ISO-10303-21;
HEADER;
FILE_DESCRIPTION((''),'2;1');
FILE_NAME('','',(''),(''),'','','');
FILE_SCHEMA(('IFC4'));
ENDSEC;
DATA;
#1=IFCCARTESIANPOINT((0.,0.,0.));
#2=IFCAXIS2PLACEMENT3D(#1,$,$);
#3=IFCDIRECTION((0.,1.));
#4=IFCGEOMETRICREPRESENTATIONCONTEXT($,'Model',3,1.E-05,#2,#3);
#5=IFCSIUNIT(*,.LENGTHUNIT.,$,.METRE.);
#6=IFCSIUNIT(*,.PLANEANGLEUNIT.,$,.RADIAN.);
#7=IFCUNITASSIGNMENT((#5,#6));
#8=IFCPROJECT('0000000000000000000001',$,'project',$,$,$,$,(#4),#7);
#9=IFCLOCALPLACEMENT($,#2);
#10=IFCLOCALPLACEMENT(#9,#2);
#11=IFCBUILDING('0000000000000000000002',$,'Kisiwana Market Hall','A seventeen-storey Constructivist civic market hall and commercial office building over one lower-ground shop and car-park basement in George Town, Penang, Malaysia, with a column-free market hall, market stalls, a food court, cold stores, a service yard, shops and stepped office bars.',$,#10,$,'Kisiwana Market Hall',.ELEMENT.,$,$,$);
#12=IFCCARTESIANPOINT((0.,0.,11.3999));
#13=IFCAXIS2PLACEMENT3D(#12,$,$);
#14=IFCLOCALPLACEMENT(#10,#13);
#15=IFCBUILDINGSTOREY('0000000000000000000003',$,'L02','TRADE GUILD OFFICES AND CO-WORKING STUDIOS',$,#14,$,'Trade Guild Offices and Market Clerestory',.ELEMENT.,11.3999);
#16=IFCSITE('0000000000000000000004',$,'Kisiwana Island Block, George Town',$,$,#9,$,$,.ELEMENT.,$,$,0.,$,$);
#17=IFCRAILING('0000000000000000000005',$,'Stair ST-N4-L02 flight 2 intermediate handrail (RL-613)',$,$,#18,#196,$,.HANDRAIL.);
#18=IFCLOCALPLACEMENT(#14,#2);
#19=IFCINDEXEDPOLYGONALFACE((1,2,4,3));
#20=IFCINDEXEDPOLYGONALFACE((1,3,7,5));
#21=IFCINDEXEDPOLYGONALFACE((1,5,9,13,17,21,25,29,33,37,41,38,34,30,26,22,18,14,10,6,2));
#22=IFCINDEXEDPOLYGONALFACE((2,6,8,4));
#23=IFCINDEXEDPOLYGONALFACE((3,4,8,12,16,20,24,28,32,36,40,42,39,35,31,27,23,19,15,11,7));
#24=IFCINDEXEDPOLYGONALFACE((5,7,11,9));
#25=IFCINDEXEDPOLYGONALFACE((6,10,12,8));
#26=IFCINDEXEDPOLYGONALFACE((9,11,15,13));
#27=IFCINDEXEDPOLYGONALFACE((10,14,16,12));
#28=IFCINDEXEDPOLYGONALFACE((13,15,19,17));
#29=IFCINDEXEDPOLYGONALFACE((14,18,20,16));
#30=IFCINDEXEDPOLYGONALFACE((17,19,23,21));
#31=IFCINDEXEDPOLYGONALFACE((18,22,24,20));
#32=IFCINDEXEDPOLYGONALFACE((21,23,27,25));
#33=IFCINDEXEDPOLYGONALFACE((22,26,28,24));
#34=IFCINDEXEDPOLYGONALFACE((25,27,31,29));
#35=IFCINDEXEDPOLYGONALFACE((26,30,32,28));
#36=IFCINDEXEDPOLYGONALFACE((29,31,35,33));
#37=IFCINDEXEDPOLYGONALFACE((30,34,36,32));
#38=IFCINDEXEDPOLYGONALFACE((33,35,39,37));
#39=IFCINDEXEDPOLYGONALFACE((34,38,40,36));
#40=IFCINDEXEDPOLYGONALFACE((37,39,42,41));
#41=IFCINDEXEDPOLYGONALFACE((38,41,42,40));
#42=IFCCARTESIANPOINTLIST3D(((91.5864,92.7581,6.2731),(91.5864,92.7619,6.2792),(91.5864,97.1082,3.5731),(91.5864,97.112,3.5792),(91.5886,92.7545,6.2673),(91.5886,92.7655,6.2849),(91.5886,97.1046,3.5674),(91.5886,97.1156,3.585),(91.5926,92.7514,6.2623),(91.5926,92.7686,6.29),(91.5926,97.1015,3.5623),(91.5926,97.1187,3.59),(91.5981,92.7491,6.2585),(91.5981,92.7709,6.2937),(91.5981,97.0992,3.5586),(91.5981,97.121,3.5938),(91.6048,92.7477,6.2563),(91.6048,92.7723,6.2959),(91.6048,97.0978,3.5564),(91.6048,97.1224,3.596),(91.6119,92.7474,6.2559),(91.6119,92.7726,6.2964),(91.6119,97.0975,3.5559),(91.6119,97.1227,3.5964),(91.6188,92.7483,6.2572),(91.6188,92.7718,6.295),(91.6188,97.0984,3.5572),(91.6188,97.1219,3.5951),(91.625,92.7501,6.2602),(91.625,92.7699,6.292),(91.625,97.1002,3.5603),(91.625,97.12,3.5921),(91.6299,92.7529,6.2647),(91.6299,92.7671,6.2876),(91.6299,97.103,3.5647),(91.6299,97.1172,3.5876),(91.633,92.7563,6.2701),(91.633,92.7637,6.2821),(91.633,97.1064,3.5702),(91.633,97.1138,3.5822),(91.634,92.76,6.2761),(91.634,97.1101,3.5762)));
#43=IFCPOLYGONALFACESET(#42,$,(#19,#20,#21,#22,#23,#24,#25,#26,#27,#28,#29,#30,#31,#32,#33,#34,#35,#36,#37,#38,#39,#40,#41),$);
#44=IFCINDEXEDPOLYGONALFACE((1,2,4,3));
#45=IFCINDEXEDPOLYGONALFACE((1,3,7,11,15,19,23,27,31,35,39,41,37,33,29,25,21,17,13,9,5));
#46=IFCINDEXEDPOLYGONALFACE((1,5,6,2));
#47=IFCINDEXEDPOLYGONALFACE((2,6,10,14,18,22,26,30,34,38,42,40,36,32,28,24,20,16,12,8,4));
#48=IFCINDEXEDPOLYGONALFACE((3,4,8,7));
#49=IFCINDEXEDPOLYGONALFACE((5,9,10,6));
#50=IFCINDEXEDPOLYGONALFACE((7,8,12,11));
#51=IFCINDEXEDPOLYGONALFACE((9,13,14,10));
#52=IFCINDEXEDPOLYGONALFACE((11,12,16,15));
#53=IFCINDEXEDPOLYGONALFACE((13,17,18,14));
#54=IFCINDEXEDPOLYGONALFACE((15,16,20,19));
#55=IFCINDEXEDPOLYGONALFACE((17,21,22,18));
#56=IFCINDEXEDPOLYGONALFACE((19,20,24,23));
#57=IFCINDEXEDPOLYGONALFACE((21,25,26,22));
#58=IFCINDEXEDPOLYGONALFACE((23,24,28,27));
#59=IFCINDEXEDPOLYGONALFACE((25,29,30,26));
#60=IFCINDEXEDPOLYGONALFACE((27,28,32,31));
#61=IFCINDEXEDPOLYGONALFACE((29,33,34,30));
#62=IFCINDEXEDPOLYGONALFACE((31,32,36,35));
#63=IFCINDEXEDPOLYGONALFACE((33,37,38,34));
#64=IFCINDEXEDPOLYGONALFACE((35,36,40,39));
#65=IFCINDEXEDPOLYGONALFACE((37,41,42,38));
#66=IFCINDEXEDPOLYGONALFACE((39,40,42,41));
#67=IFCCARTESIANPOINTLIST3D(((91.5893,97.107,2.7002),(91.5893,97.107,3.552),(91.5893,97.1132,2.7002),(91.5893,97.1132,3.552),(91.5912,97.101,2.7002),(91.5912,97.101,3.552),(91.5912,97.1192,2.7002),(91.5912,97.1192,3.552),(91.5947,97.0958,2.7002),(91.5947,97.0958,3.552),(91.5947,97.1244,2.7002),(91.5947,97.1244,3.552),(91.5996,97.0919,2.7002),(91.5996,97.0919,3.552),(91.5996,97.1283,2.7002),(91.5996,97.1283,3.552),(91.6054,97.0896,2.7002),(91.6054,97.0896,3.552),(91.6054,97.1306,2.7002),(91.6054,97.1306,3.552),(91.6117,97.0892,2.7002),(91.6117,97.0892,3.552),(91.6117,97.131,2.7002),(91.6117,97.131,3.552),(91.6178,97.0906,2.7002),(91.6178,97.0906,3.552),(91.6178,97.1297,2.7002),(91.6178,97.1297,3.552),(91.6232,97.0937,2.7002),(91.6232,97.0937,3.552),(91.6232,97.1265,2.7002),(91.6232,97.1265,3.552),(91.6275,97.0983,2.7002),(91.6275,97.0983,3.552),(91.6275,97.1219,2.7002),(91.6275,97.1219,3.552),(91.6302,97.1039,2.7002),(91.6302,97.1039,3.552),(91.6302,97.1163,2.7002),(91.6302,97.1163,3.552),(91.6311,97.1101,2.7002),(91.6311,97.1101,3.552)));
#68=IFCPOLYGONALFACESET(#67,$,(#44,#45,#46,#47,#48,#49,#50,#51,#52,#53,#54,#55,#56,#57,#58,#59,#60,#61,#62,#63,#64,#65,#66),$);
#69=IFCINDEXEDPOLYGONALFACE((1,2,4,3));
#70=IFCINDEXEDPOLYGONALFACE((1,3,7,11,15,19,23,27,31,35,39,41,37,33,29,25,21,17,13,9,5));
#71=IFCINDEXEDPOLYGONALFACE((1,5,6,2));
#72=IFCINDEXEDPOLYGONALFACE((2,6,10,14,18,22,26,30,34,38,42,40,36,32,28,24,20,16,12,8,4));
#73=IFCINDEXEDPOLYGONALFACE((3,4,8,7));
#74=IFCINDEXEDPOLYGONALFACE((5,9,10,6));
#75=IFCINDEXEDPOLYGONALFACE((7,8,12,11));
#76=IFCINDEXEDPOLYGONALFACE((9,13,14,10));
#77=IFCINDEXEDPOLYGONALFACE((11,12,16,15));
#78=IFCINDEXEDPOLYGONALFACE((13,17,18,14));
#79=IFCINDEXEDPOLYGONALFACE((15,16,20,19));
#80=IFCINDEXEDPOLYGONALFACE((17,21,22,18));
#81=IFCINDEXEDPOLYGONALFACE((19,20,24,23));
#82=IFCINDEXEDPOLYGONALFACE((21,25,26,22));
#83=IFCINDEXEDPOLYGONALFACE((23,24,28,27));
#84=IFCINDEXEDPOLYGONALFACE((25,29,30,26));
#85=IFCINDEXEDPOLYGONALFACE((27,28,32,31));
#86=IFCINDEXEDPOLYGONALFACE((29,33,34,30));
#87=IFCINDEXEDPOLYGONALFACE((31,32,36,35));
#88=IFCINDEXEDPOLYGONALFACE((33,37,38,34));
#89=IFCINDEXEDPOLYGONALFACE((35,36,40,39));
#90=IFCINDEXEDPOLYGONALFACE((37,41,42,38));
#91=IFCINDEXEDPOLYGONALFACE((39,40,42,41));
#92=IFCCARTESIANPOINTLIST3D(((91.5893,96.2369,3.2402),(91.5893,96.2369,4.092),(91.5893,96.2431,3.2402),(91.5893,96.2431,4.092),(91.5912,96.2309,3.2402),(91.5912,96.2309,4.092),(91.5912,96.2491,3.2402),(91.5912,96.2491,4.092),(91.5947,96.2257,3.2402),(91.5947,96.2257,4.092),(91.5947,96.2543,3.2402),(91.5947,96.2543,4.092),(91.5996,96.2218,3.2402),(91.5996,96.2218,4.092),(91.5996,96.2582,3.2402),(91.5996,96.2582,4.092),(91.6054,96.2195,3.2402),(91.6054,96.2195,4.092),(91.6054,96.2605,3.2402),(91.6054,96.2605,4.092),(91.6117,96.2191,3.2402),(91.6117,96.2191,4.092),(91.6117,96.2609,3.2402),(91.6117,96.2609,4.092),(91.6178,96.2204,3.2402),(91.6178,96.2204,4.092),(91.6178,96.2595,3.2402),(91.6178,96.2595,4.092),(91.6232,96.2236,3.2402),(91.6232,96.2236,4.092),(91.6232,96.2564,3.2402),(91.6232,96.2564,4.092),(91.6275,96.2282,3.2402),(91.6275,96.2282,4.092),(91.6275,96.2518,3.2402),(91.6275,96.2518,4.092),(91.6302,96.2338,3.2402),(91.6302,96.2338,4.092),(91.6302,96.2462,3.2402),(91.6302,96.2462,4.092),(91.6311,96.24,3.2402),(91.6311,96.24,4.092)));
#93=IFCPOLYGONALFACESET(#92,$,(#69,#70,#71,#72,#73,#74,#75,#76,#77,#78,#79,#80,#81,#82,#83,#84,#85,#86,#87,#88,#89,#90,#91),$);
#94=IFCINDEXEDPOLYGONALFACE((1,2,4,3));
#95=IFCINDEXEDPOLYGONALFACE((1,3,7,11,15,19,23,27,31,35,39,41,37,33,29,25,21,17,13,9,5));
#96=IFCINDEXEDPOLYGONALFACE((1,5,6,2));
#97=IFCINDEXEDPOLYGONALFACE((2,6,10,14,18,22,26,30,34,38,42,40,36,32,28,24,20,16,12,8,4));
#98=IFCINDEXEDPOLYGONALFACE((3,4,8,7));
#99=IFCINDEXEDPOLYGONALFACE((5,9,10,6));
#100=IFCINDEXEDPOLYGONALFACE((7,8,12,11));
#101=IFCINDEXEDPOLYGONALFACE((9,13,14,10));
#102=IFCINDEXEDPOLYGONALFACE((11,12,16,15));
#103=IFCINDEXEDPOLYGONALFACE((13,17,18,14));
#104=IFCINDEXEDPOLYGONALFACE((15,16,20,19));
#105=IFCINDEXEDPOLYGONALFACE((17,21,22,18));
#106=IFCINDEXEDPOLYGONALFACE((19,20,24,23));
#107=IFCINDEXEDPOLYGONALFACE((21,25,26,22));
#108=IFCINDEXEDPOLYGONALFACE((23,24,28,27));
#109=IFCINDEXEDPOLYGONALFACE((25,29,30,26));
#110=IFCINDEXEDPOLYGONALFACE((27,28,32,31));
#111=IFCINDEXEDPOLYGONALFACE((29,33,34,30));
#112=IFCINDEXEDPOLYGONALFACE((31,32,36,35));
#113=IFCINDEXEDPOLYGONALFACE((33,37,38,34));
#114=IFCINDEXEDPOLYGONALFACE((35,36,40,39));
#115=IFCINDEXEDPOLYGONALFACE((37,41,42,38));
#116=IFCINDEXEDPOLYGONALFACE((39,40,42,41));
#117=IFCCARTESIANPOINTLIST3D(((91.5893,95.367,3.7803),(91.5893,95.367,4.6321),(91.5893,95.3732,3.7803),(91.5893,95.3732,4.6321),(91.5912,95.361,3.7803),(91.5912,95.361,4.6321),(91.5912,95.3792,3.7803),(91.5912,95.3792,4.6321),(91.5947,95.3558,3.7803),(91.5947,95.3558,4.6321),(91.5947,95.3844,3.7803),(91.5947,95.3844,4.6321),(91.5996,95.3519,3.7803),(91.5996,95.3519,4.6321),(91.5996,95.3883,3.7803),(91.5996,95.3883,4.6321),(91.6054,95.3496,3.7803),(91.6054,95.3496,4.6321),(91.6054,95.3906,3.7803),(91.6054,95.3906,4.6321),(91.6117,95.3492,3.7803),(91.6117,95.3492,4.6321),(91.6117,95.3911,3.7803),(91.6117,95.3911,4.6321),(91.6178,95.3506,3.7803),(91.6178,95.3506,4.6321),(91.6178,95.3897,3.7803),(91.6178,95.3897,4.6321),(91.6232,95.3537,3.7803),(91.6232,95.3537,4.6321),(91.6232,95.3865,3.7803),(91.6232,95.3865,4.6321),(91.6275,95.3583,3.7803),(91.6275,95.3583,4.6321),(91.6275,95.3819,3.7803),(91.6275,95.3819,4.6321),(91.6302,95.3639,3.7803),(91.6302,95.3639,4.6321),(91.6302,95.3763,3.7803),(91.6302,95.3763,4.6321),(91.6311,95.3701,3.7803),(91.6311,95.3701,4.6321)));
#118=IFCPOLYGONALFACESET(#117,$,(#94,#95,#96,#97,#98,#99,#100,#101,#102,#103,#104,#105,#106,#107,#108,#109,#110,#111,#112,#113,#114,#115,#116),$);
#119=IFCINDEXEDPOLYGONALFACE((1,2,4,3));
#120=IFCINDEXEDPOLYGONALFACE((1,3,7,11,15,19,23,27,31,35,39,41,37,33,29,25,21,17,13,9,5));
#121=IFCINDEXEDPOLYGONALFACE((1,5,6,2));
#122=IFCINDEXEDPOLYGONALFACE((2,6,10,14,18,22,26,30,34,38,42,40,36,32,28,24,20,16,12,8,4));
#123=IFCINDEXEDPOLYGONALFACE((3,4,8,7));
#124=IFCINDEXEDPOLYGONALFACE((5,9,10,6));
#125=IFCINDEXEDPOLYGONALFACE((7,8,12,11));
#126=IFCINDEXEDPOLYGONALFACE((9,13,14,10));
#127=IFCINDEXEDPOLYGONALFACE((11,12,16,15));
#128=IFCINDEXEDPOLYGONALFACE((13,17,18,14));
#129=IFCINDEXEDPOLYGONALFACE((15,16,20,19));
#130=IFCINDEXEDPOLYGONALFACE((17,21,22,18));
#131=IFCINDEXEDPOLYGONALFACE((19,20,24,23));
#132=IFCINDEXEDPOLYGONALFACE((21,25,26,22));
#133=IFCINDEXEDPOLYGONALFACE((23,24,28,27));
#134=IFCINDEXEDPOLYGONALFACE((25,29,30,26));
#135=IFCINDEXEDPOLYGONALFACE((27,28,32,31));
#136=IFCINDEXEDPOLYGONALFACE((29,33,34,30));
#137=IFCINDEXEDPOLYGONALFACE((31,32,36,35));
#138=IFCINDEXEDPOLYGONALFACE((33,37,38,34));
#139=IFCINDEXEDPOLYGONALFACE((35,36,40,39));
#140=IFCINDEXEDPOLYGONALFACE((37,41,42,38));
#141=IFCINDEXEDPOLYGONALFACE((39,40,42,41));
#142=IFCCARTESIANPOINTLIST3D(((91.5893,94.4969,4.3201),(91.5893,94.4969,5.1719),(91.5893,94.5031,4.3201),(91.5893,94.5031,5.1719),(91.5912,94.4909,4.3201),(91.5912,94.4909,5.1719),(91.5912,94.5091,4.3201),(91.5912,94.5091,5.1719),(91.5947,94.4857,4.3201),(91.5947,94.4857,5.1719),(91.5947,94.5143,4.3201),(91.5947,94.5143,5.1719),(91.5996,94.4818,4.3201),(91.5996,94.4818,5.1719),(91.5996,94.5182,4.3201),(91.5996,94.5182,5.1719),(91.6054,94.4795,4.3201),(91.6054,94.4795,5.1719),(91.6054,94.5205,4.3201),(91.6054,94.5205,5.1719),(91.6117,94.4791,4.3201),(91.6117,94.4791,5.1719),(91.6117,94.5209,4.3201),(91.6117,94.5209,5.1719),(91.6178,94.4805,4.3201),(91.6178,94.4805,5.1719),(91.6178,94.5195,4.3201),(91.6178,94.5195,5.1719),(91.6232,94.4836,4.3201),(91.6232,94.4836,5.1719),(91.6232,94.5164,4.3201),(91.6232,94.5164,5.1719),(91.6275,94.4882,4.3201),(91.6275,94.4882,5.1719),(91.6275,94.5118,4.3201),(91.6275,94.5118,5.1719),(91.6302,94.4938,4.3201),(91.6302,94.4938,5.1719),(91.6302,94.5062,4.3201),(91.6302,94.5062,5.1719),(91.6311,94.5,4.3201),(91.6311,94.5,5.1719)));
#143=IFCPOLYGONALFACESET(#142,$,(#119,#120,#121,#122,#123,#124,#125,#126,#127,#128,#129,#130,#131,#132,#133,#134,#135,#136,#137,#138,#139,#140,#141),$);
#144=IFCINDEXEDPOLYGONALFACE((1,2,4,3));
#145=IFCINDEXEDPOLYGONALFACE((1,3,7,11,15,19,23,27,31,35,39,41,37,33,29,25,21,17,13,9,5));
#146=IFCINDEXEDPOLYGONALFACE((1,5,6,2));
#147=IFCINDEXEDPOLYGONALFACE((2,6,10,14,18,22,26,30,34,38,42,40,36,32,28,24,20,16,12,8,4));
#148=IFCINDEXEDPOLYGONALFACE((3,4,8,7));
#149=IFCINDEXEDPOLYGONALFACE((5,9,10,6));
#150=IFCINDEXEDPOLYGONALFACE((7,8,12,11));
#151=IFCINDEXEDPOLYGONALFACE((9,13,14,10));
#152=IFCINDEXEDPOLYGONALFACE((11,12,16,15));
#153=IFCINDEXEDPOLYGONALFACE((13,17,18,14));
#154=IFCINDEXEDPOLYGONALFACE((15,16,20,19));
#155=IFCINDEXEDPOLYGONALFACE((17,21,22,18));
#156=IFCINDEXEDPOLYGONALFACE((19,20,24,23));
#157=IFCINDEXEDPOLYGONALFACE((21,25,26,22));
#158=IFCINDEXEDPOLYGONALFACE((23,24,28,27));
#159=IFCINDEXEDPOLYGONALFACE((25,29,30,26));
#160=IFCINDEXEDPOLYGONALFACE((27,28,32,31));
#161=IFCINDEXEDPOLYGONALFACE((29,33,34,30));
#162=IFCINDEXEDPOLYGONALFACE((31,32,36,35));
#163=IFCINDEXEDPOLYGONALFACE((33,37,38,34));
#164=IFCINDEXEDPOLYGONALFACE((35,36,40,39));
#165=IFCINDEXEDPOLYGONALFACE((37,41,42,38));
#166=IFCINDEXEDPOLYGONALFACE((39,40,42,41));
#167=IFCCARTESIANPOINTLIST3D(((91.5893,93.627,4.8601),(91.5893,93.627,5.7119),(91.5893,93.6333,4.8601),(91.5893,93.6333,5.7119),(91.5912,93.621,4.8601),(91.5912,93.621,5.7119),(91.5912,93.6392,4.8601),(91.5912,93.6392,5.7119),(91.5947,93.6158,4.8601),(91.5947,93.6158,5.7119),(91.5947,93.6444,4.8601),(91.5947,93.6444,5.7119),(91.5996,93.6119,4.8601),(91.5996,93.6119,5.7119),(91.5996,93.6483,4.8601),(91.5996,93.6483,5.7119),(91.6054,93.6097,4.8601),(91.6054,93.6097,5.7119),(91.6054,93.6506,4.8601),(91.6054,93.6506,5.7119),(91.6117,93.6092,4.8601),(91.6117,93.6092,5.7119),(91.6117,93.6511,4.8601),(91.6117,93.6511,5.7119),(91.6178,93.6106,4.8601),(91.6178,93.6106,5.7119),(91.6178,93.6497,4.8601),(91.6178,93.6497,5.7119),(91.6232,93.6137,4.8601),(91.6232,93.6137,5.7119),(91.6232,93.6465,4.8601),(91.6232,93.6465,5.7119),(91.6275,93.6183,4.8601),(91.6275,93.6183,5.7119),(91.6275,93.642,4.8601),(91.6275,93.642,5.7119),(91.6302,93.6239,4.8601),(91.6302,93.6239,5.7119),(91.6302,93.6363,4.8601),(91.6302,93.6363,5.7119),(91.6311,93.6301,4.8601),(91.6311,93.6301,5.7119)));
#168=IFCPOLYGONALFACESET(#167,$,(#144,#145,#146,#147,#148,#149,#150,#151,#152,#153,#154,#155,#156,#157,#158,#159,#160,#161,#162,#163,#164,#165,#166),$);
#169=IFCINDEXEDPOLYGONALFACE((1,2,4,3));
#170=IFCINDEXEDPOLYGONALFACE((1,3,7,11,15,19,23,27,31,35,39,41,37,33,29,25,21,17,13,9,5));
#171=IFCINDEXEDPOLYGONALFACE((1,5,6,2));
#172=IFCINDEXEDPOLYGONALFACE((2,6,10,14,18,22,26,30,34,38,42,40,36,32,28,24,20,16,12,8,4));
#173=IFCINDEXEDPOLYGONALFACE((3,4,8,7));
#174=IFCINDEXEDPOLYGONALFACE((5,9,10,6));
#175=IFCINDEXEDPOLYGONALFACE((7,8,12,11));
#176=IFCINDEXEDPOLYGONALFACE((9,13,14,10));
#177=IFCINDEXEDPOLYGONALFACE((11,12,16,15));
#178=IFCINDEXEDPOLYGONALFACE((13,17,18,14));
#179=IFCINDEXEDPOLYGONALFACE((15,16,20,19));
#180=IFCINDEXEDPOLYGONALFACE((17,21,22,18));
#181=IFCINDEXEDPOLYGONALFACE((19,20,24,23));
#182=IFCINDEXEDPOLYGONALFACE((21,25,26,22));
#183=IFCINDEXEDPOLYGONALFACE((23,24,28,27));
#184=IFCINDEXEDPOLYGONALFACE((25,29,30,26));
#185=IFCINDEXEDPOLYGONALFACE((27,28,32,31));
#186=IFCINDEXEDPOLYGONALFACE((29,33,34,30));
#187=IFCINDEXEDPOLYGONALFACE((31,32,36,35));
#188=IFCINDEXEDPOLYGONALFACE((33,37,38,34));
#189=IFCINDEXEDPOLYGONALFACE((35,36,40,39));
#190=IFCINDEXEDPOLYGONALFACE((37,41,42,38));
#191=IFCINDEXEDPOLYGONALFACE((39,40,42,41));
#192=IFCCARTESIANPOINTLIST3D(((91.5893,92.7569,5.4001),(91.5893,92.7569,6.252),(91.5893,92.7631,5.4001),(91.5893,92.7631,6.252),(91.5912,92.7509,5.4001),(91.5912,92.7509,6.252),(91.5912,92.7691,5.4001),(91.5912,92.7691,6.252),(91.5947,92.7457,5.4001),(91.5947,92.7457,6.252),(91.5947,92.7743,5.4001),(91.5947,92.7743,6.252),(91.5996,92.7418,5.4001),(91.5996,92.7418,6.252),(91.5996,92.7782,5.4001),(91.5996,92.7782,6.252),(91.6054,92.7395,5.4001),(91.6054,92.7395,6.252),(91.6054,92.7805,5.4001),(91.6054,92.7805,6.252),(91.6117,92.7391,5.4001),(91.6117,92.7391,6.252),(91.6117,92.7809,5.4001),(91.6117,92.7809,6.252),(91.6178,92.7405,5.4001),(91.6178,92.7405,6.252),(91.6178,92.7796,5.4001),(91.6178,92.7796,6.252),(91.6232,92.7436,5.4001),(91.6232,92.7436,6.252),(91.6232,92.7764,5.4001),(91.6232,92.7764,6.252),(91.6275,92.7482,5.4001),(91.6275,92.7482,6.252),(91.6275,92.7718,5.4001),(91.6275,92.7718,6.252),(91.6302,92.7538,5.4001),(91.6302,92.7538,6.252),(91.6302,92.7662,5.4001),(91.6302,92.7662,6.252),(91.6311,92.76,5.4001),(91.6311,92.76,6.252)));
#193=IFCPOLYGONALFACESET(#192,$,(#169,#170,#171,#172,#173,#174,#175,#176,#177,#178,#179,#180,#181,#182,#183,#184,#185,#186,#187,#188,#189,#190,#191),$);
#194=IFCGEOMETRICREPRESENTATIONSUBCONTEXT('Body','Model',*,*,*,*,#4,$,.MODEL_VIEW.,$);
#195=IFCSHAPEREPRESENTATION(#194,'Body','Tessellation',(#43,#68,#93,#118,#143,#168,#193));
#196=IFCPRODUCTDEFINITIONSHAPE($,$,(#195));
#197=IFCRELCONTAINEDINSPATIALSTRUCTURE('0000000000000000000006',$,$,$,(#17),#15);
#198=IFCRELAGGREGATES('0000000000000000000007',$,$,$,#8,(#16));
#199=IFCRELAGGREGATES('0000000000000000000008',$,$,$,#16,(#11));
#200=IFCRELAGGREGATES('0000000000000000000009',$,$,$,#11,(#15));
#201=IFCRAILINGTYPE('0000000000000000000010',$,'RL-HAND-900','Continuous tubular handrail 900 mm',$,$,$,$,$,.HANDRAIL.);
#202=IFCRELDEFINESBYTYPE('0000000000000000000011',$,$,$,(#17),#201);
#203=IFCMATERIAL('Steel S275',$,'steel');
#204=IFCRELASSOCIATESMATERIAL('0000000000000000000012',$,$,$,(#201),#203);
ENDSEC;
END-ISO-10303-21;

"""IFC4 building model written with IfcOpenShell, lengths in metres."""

from ifc_helpers import new_model, si_unit, direction, frame, origin, origin_2d, place, context, subcontext, project, spatial, circle, extrude, material, type_object, element, save


model = new_model("IFC4")

# Units and contexts
model_context = context("Model", 3, precision=1e-05, world=origin(), true_north=direction((0.0, 1.0)))
body_context = subcontext(model_context, "Body", "Model", "MODEL_VIEW")
ifc_project = project(units=[si_unit("LENGTHUNIT", "METRE"), si_unit("PLANEANGLEUNIT", "RADIAN")], contexts=[model_context])

# Site, building, storey
site_placement = place(None, origin())
site = spatial("IfcSite", under=ifc_project, at=site_placement, Name="Kisiwana Island Block, George Town", CompositionType="ELEMENT", RefElevation=0.0)
building_placement = place(site_placement, origin())
building = spatial("IfcBuilding", under=site, at=building_placement, Name="Kisiwana Market Hall", Description="A seventeen-storey Constructivist civic market hall and commercial office building over one lower-ground shop and car-park basement in George Town, Penang, Malaysia, with a column-free market hall, market stalls, a food court, cold stores, a service yard, shops and stepped office bars.", LongName="Kisiwana Market Hall", CompositionType="ELEMENT")
storey_placement = place(building_placement, frame((0.0, 0.0, 11.3999)))
storey = spatial("IfcBuildingStorey", under=building, at=storey_placement, Name="L02", Description="TRADE GUILD OFFICES AND CO-WORKING STUDIOS", LongName="Trade Guild Offices and Market Clerestory", CompositionType="ELEMENT", Elevation=11.3999)

# Railing
ifc_material_1 = material(Name="Steel S275", Category="steel")
railing_type_1 = type_object("IfcRailingType", Name="RL-HAND-900", Description="Continuous tubular handrail 900 mm", PredefinedType="HANDRAIL", material=ifc_material_1)
railing_1_placement = place(storey_placement, frame((91.6101, 97.1101, 2.7002)))
element("IfcRailing", 1, at=railing_1_placement, inside=storey, type_object=railing_type_1, Name="Stair ST-N4-L02 flight 2 intermediate handrail (RL-613)", PredefinedType="HANDRAIL", context=body_context, shape_type="SweptSolid", body=[
    extrude(circle(Radius=0.0239, at=origin_2d()), frame((0.0, 0.0, 0.876), z_axis=(0.0, -0.84965, 0.527347), x_axis=(1.0, 0.0, 0.0)), (0.0, 0.0, 1.0), 5.1199),
    extrude(circle(Radius=0.021, at=origin_2d()), origin(), (0.0, 0.0, 1.0), 0.8518),
    extrude(circle(Radius=0.021, at=origin_2d()), frame((0.0, -0.8701, 0.54)), (0.0, 0.0, 1.0), 0.8518),
    extrude(circle(Radius=0.021, at=origin_2d()), frame((0.0, -1.74, 1.0801)), (0.0, 0.0, 1.0), 0.8518),
    extrude(circle(Radius=0.021, at=origin_2d()), frame((0.0, -2.6101, 1.6199)), (0.0, 0.0, 1.0), 0.8518),
    extrude(circle(Radius=0.021, at=origin_2d()), frame((0.0, -3.48, 2.1599)), (0.0, 0.0, 1.0), 0.8518),
    extrude(circle(Radius=0.021, at=origin_2d()), frame((0.0, -4.3501, 2.7)), (0.0, 0.0, 1.0), 0.8518),
])

save(model, "model.ifc")
